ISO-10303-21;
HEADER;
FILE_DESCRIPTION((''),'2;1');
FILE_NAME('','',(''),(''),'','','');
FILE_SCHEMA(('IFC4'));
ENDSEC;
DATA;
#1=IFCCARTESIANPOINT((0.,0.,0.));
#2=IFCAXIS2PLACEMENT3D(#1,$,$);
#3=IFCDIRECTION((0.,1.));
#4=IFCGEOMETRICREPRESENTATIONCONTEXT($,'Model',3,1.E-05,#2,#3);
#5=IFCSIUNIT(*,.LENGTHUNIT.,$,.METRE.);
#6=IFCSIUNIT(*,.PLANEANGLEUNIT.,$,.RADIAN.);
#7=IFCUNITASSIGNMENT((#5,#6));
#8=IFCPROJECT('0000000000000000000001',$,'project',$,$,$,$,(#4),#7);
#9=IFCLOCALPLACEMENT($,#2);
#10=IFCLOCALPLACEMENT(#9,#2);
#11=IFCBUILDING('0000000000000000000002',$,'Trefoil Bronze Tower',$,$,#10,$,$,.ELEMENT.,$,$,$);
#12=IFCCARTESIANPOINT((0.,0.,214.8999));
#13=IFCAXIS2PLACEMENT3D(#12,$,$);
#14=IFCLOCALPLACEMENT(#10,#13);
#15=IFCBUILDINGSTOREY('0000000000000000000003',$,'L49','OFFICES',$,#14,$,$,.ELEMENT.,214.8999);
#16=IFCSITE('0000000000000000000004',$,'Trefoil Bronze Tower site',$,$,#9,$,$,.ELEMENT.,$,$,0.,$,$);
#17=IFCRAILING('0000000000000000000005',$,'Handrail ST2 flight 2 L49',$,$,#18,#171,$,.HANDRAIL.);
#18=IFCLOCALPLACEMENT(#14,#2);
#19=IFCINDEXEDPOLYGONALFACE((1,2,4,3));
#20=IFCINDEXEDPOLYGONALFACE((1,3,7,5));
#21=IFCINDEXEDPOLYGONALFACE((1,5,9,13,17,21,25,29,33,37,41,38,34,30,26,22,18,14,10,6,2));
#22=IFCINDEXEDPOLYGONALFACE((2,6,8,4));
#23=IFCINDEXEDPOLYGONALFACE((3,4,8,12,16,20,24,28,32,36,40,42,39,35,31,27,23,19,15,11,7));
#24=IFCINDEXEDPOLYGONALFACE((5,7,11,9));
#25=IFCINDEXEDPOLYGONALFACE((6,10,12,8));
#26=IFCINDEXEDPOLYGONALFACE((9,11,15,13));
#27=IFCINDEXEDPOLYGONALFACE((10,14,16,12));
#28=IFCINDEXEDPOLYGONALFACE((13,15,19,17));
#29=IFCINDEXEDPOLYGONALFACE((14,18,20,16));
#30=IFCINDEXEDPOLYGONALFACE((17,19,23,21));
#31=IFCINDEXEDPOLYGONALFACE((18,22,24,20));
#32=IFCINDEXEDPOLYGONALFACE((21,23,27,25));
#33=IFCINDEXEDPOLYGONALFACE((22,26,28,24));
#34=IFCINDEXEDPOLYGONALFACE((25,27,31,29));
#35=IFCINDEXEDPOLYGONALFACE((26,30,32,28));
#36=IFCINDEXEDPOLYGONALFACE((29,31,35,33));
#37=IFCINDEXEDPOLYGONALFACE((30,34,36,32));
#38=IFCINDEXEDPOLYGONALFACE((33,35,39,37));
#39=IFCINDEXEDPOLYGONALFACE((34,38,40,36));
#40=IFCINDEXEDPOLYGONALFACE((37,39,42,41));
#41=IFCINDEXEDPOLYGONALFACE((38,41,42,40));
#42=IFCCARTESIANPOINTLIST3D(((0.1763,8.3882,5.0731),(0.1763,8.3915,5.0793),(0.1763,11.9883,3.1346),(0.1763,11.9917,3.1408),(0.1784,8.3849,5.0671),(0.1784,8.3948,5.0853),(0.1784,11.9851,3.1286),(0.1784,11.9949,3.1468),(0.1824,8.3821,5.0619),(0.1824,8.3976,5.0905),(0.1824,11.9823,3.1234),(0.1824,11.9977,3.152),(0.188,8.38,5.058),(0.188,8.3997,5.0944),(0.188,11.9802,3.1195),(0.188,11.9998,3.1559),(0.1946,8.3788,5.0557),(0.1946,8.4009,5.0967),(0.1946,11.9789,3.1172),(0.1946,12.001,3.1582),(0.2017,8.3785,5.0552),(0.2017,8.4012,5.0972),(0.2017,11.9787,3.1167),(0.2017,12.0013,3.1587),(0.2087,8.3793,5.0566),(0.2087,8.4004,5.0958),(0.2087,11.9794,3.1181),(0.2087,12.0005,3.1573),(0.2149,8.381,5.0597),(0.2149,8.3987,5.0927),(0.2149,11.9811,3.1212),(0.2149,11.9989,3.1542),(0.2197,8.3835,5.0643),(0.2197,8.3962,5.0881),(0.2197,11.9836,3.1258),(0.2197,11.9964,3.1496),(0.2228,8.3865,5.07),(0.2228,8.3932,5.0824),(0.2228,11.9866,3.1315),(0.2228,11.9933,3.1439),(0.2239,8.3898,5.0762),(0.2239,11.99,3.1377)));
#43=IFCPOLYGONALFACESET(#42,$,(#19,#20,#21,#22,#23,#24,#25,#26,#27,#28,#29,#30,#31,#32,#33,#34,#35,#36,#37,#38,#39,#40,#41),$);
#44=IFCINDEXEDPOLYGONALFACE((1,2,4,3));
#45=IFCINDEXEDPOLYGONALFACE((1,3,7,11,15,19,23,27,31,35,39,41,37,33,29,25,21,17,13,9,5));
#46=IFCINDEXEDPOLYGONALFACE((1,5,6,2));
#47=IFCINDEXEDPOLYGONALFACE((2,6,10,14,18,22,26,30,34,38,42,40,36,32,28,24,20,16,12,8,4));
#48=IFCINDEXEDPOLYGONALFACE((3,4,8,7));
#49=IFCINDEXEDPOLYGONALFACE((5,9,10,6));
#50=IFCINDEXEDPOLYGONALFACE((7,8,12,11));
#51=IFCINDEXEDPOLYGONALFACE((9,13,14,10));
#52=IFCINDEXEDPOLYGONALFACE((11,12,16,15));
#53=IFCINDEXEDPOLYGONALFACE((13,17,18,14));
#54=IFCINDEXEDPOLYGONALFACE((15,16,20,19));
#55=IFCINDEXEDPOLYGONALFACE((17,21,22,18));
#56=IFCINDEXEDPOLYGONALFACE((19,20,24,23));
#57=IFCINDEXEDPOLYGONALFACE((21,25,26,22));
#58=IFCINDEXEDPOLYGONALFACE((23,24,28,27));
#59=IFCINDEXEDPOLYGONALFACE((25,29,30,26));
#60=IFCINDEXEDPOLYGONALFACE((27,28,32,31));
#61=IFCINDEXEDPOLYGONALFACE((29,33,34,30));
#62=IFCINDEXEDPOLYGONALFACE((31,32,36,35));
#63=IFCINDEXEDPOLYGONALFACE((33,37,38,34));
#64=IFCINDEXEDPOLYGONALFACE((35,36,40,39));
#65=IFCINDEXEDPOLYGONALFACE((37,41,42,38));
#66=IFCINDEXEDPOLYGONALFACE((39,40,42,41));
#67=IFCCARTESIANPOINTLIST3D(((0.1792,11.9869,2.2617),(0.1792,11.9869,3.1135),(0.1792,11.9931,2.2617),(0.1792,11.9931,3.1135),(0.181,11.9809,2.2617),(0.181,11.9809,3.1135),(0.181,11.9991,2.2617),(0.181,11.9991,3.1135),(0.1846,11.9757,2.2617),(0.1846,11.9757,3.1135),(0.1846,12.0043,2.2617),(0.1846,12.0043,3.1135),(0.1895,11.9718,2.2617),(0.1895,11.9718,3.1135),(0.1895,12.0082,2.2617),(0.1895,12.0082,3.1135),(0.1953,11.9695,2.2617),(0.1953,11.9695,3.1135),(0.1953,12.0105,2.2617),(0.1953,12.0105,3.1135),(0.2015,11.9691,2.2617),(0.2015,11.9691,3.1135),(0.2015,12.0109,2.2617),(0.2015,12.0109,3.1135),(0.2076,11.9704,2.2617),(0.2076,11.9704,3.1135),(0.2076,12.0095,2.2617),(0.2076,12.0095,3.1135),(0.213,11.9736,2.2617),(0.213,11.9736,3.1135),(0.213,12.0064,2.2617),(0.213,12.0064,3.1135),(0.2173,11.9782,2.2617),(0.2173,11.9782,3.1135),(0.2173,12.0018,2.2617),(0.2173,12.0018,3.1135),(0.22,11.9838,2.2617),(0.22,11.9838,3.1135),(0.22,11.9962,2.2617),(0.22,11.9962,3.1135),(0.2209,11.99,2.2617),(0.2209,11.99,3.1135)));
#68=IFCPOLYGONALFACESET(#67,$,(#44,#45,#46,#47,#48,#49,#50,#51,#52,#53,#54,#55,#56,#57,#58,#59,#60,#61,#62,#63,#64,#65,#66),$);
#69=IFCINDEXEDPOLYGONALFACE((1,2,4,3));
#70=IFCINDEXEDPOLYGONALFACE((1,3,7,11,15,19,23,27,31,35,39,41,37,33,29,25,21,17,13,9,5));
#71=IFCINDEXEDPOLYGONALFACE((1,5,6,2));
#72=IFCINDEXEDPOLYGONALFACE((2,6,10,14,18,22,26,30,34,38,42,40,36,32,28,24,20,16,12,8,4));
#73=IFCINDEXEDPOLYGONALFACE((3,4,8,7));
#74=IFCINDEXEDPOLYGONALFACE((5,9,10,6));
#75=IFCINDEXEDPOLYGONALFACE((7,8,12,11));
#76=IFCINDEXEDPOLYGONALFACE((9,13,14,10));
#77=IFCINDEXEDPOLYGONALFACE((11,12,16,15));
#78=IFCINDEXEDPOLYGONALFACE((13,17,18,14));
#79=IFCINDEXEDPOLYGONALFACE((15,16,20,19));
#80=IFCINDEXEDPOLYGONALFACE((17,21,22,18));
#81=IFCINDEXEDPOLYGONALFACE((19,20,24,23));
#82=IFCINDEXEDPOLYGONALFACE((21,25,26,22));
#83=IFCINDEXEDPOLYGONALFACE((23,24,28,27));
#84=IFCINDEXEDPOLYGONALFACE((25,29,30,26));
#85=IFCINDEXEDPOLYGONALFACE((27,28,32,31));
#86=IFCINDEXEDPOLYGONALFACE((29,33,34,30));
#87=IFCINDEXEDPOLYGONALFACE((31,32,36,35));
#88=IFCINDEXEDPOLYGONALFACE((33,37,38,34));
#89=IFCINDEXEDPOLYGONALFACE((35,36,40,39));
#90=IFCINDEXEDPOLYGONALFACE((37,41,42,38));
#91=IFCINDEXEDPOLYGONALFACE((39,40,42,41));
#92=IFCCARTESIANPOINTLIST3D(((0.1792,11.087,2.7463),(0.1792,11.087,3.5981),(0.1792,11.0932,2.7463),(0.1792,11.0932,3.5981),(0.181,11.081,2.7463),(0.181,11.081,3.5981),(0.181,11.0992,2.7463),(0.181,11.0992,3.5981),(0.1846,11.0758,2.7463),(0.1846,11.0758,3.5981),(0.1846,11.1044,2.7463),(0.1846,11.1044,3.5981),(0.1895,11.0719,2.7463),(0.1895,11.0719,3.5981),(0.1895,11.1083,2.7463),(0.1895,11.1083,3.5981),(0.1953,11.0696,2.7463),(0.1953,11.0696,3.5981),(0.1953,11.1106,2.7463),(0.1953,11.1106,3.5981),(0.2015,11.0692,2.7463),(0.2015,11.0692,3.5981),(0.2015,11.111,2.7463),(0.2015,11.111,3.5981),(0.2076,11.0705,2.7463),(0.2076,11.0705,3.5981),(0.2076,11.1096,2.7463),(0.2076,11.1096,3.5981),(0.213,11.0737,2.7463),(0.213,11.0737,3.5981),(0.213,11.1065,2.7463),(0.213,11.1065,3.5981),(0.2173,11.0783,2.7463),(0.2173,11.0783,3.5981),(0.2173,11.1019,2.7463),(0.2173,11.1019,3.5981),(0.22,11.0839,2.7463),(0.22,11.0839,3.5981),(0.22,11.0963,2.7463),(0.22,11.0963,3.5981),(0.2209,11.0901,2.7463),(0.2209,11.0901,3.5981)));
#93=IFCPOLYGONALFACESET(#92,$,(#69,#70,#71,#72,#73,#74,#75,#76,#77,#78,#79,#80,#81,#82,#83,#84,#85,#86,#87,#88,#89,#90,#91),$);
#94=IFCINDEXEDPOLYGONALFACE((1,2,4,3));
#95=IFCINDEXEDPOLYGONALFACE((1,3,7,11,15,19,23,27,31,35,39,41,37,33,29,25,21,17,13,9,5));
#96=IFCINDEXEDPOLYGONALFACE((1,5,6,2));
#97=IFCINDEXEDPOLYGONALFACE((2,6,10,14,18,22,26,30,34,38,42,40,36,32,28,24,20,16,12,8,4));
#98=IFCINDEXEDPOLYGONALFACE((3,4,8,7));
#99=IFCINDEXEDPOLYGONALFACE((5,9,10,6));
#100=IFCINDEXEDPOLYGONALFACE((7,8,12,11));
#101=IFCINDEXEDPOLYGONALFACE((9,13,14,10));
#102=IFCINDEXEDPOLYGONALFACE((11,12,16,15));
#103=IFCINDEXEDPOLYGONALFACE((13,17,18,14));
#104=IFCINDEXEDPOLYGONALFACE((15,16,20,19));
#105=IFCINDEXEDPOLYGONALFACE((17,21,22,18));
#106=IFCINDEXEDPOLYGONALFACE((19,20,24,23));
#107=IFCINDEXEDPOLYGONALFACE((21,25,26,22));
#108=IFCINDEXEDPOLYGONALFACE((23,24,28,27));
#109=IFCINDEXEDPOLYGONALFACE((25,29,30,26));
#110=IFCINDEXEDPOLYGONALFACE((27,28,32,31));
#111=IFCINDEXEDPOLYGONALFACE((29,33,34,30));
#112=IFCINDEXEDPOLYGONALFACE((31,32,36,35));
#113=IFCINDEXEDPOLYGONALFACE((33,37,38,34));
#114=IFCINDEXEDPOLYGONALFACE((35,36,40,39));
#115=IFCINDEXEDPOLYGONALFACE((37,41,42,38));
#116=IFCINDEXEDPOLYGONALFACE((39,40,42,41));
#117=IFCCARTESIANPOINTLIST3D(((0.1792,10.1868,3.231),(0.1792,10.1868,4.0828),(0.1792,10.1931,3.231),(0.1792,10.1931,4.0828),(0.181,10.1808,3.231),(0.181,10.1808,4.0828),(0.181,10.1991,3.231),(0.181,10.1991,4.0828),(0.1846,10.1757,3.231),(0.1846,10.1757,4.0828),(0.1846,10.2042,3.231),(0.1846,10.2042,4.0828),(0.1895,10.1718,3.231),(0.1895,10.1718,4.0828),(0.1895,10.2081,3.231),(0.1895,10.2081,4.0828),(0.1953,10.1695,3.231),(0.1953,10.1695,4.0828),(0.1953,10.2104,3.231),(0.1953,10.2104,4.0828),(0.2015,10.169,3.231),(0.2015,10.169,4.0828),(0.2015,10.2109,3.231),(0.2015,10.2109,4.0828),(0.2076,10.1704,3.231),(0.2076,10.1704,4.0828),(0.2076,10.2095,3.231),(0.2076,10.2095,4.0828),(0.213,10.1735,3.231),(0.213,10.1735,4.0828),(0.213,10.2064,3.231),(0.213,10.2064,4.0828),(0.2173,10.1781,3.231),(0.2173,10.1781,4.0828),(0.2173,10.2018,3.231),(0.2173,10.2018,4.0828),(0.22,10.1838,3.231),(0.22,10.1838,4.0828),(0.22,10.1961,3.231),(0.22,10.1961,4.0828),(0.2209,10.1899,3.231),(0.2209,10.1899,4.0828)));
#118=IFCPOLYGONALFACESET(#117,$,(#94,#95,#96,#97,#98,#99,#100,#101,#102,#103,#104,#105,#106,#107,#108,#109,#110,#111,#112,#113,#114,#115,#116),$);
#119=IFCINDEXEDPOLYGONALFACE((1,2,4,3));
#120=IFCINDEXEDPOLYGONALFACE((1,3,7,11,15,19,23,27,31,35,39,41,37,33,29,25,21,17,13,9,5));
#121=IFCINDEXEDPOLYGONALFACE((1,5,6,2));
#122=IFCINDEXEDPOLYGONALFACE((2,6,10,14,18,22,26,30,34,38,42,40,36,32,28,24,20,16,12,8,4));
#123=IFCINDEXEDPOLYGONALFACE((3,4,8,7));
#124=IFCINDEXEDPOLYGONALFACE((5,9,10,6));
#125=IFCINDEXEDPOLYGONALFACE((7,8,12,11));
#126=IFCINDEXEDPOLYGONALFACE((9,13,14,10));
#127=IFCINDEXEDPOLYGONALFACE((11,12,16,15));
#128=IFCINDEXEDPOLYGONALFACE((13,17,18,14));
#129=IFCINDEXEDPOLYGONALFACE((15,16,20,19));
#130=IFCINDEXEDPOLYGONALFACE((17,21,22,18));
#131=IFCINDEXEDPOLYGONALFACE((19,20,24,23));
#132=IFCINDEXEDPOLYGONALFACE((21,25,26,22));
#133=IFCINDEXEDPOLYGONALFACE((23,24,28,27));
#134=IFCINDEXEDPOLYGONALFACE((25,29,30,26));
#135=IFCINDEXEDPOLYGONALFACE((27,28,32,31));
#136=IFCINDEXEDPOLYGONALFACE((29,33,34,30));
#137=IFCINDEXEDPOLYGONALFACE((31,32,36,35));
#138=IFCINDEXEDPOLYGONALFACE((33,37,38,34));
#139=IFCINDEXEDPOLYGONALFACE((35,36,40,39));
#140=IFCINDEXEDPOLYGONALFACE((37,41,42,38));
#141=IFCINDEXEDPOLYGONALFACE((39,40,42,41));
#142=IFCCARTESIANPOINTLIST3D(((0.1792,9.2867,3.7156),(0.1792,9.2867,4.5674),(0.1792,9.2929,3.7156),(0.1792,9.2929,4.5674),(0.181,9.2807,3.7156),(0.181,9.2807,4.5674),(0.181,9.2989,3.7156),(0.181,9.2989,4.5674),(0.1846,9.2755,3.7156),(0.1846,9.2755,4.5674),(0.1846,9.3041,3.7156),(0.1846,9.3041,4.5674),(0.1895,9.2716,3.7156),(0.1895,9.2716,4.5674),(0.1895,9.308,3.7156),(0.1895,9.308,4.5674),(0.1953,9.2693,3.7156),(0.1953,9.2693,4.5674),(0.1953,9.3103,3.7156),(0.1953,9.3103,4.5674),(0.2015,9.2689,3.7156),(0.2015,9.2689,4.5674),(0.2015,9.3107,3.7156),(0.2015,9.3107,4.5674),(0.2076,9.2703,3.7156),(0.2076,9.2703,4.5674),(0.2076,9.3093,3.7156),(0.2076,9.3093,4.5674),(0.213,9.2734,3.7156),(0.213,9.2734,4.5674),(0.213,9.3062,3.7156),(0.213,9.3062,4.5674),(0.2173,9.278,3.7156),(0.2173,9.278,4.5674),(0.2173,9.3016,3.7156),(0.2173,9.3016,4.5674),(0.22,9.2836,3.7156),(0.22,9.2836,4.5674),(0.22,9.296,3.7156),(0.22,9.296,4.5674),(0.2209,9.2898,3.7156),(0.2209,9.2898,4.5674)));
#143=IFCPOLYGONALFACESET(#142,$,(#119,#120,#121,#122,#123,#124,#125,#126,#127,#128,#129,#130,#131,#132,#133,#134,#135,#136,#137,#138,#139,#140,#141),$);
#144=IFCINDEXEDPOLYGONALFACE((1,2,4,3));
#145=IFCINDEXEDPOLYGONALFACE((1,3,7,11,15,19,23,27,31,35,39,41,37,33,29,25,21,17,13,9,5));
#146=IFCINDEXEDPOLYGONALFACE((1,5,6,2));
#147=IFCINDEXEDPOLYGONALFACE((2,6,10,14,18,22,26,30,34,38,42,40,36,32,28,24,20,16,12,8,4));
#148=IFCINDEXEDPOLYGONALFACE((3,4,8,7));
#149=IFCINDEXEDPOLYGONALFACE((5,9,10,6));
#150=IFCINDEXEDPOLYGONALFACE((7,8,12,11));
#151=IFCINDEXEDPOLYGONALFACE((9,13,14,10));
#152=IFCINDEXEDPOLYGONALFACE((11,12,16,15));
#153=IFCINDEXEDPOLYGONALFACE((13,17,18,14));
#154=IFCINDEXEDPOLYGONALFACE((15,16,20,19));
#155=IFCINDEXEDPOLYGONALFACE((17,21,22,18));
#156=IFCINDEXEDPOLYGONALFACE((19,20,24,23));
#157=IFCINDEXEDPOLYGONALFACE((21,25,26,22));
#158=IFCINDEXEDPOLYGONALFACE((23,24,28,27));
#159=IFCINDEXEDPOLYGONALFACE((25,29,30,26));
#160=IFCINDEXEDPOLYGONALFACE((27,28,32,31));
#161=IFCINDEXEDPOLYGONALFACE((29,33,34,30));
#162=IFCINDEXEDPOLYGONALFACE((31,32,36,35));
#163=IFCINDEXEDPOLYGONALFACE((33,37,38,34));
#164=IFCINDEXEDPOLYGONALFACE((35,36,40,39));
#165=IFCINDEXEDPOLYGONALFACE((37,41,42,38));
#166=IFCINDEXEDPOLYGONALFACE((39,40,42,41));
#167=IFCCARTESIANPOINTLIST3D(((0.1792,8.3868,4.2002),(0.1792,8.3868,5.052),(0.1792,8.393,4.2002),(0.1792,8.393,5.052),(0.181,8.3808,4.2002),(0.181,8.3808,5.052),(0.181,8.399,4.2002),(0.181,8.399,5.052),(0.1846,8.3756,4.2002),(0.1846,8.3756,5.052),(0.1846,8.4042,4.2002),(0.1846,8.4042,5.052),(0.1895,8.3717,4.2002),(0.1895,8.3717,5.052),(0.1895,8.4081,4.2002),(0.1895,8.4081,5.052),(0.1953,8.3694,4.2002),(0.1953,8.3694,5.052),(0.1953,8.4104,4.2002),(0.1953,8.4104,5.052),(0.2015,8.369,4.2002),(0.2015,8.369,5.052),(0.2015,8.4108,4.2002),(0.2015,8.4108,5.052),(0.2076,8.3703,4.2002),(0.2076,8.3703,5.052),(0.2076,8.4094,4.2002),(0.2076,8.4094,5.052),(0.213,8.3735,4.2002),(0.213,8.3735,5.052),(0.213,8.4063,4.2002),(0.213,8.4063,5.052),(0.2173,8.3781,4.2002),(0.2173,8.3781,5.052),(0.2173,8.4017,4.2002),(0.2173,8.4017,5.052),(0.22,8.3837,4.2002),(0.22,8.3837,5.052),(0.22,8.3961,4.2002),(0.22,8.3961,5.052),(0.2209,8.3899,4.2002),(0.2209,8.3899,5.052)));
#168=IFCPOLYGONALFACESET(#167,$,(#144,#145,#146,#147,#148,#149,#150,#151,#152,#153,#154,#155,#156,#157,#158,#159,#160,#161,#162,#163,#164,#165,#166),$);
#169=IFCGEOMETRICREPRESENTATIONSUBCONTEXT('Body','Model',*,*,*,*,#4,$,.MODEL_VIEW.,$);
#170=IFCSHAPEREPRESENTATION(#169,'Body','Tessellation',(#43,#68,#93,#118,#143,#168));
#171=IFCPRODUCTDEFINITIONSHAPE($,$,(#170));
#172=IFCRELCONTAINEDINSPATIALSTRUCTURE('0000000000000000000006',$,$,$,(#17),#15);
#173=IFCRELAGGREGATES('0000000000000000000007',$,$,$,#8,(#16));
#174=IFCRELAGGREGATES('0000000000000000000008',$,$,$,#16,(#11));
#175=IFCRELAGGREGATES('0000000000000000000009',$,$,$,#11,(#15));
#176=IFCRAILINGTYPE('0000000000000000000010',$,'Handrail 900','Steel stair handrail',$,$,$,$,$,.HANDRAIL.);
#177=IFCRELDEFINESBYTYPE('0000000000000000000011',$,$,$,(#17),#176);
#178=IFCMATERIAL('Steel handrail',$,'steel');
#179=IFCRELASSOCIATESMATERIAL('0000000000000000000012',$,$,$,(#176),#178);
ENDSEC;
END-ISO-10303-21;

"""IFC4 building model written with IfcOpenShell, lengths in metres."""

from ifc_helpers import new_model, si_unit, direction, frame, origin, origin_2d, place, context, subcontext, project, spatial, circle, extrude, material, type_object, element, save


model = new_model("IFC4")

# Units and contexts
model_context = context("Model", 3, precision=1e-05, world=origin(), true_north=direction((0.0, 1.0)))
body_context = subcontext(model_context, "Body", "Model", "MODEL_VIEW")
ifc_project = project(units=[si_unit("LENGTHUNIT", "METRE"), si_unit("PLANEANGLEUNIT", "RADIAN")], contexts=[model_context])

# Site, building, storey
site_placement = place(None, origin())
site = spatial("IfcSite", under=ifc_project, at=site_placement, Name="Trefoil Bronze Tower site", CompositionType="ELEMENT", RefElevation=0.0)
building_placement = place(site_placement, origin())
building = spatial("IfcBuilding", under=site, at=building_placement, Name="Trefoil Bronze Tower", CompositionType="ELEMENT")
storey_placement = place(building_placement, frame((0.0, 0.0, 214.8999)))
storey = spatial("IfcBuildingStorey", under=building, at=storey_placement, Name="L49", Description="OFFICES", CompositionType="ELEMENT", Elevation=214.8999)

# Railing
ifc_material_1 = material(Name="Steel handrail", Category="steel")
railing_type = type_object("IfcRailingType", Name="Handrail 900", Description="Steel stair handrail", PredefinedType="HANDRAIL", material=ifc_material_1)
railing_placement = place(storey_placement, frame((0.2, 11.99, 2.2617)))
element("IfcRailing", 1, at=railing_placement, inside=storey, type_object=railing_type, Name="Handrail ST2 flight 2 L49", PredefinedType="HANDRAIL", context=body_context, shape_type="SweptSolid", body=[
    extrude(circle(Radius=0.0239, at=origin_2d()), frame((0.0, 0.0, 0.876), z_axis=(0.0, -0.880475, 0.474093), x_axis=(1.0, 0.0, 0.0)), (0.0, 0.0, 1.0), 4.0889),
    extrude(circle(Radius=0.021, at=origin_2d()), origin(), (0.0, 0.0, 1.0), 0.8518),
    extrude(circle(Radius=0.021, at=origin_2d()), frame((0.0, -0.8999, 0.4846)), (0.0, 0.0, 1.0), 0.8518),
    extrude(circle(Radius=0.021, at=origin_2d()), frame((0.0, -1.8, 0.9692)), (0.0, 0.0, 1.0), 0.8518),
    extrude(circle(Radius=0.021, at=origin_2d()), frame((0.0, -2.7002, 1.4539)), (0.0, 0.0, 1.0), 0.8518),
    extrude(circle(Radius=0.021, at=origin_2d()), frame((0.0, -3.6001, 1.9385)), (0.0, 0.0, 1.0), 0.8518),
])

save(model, "model.ifc")
